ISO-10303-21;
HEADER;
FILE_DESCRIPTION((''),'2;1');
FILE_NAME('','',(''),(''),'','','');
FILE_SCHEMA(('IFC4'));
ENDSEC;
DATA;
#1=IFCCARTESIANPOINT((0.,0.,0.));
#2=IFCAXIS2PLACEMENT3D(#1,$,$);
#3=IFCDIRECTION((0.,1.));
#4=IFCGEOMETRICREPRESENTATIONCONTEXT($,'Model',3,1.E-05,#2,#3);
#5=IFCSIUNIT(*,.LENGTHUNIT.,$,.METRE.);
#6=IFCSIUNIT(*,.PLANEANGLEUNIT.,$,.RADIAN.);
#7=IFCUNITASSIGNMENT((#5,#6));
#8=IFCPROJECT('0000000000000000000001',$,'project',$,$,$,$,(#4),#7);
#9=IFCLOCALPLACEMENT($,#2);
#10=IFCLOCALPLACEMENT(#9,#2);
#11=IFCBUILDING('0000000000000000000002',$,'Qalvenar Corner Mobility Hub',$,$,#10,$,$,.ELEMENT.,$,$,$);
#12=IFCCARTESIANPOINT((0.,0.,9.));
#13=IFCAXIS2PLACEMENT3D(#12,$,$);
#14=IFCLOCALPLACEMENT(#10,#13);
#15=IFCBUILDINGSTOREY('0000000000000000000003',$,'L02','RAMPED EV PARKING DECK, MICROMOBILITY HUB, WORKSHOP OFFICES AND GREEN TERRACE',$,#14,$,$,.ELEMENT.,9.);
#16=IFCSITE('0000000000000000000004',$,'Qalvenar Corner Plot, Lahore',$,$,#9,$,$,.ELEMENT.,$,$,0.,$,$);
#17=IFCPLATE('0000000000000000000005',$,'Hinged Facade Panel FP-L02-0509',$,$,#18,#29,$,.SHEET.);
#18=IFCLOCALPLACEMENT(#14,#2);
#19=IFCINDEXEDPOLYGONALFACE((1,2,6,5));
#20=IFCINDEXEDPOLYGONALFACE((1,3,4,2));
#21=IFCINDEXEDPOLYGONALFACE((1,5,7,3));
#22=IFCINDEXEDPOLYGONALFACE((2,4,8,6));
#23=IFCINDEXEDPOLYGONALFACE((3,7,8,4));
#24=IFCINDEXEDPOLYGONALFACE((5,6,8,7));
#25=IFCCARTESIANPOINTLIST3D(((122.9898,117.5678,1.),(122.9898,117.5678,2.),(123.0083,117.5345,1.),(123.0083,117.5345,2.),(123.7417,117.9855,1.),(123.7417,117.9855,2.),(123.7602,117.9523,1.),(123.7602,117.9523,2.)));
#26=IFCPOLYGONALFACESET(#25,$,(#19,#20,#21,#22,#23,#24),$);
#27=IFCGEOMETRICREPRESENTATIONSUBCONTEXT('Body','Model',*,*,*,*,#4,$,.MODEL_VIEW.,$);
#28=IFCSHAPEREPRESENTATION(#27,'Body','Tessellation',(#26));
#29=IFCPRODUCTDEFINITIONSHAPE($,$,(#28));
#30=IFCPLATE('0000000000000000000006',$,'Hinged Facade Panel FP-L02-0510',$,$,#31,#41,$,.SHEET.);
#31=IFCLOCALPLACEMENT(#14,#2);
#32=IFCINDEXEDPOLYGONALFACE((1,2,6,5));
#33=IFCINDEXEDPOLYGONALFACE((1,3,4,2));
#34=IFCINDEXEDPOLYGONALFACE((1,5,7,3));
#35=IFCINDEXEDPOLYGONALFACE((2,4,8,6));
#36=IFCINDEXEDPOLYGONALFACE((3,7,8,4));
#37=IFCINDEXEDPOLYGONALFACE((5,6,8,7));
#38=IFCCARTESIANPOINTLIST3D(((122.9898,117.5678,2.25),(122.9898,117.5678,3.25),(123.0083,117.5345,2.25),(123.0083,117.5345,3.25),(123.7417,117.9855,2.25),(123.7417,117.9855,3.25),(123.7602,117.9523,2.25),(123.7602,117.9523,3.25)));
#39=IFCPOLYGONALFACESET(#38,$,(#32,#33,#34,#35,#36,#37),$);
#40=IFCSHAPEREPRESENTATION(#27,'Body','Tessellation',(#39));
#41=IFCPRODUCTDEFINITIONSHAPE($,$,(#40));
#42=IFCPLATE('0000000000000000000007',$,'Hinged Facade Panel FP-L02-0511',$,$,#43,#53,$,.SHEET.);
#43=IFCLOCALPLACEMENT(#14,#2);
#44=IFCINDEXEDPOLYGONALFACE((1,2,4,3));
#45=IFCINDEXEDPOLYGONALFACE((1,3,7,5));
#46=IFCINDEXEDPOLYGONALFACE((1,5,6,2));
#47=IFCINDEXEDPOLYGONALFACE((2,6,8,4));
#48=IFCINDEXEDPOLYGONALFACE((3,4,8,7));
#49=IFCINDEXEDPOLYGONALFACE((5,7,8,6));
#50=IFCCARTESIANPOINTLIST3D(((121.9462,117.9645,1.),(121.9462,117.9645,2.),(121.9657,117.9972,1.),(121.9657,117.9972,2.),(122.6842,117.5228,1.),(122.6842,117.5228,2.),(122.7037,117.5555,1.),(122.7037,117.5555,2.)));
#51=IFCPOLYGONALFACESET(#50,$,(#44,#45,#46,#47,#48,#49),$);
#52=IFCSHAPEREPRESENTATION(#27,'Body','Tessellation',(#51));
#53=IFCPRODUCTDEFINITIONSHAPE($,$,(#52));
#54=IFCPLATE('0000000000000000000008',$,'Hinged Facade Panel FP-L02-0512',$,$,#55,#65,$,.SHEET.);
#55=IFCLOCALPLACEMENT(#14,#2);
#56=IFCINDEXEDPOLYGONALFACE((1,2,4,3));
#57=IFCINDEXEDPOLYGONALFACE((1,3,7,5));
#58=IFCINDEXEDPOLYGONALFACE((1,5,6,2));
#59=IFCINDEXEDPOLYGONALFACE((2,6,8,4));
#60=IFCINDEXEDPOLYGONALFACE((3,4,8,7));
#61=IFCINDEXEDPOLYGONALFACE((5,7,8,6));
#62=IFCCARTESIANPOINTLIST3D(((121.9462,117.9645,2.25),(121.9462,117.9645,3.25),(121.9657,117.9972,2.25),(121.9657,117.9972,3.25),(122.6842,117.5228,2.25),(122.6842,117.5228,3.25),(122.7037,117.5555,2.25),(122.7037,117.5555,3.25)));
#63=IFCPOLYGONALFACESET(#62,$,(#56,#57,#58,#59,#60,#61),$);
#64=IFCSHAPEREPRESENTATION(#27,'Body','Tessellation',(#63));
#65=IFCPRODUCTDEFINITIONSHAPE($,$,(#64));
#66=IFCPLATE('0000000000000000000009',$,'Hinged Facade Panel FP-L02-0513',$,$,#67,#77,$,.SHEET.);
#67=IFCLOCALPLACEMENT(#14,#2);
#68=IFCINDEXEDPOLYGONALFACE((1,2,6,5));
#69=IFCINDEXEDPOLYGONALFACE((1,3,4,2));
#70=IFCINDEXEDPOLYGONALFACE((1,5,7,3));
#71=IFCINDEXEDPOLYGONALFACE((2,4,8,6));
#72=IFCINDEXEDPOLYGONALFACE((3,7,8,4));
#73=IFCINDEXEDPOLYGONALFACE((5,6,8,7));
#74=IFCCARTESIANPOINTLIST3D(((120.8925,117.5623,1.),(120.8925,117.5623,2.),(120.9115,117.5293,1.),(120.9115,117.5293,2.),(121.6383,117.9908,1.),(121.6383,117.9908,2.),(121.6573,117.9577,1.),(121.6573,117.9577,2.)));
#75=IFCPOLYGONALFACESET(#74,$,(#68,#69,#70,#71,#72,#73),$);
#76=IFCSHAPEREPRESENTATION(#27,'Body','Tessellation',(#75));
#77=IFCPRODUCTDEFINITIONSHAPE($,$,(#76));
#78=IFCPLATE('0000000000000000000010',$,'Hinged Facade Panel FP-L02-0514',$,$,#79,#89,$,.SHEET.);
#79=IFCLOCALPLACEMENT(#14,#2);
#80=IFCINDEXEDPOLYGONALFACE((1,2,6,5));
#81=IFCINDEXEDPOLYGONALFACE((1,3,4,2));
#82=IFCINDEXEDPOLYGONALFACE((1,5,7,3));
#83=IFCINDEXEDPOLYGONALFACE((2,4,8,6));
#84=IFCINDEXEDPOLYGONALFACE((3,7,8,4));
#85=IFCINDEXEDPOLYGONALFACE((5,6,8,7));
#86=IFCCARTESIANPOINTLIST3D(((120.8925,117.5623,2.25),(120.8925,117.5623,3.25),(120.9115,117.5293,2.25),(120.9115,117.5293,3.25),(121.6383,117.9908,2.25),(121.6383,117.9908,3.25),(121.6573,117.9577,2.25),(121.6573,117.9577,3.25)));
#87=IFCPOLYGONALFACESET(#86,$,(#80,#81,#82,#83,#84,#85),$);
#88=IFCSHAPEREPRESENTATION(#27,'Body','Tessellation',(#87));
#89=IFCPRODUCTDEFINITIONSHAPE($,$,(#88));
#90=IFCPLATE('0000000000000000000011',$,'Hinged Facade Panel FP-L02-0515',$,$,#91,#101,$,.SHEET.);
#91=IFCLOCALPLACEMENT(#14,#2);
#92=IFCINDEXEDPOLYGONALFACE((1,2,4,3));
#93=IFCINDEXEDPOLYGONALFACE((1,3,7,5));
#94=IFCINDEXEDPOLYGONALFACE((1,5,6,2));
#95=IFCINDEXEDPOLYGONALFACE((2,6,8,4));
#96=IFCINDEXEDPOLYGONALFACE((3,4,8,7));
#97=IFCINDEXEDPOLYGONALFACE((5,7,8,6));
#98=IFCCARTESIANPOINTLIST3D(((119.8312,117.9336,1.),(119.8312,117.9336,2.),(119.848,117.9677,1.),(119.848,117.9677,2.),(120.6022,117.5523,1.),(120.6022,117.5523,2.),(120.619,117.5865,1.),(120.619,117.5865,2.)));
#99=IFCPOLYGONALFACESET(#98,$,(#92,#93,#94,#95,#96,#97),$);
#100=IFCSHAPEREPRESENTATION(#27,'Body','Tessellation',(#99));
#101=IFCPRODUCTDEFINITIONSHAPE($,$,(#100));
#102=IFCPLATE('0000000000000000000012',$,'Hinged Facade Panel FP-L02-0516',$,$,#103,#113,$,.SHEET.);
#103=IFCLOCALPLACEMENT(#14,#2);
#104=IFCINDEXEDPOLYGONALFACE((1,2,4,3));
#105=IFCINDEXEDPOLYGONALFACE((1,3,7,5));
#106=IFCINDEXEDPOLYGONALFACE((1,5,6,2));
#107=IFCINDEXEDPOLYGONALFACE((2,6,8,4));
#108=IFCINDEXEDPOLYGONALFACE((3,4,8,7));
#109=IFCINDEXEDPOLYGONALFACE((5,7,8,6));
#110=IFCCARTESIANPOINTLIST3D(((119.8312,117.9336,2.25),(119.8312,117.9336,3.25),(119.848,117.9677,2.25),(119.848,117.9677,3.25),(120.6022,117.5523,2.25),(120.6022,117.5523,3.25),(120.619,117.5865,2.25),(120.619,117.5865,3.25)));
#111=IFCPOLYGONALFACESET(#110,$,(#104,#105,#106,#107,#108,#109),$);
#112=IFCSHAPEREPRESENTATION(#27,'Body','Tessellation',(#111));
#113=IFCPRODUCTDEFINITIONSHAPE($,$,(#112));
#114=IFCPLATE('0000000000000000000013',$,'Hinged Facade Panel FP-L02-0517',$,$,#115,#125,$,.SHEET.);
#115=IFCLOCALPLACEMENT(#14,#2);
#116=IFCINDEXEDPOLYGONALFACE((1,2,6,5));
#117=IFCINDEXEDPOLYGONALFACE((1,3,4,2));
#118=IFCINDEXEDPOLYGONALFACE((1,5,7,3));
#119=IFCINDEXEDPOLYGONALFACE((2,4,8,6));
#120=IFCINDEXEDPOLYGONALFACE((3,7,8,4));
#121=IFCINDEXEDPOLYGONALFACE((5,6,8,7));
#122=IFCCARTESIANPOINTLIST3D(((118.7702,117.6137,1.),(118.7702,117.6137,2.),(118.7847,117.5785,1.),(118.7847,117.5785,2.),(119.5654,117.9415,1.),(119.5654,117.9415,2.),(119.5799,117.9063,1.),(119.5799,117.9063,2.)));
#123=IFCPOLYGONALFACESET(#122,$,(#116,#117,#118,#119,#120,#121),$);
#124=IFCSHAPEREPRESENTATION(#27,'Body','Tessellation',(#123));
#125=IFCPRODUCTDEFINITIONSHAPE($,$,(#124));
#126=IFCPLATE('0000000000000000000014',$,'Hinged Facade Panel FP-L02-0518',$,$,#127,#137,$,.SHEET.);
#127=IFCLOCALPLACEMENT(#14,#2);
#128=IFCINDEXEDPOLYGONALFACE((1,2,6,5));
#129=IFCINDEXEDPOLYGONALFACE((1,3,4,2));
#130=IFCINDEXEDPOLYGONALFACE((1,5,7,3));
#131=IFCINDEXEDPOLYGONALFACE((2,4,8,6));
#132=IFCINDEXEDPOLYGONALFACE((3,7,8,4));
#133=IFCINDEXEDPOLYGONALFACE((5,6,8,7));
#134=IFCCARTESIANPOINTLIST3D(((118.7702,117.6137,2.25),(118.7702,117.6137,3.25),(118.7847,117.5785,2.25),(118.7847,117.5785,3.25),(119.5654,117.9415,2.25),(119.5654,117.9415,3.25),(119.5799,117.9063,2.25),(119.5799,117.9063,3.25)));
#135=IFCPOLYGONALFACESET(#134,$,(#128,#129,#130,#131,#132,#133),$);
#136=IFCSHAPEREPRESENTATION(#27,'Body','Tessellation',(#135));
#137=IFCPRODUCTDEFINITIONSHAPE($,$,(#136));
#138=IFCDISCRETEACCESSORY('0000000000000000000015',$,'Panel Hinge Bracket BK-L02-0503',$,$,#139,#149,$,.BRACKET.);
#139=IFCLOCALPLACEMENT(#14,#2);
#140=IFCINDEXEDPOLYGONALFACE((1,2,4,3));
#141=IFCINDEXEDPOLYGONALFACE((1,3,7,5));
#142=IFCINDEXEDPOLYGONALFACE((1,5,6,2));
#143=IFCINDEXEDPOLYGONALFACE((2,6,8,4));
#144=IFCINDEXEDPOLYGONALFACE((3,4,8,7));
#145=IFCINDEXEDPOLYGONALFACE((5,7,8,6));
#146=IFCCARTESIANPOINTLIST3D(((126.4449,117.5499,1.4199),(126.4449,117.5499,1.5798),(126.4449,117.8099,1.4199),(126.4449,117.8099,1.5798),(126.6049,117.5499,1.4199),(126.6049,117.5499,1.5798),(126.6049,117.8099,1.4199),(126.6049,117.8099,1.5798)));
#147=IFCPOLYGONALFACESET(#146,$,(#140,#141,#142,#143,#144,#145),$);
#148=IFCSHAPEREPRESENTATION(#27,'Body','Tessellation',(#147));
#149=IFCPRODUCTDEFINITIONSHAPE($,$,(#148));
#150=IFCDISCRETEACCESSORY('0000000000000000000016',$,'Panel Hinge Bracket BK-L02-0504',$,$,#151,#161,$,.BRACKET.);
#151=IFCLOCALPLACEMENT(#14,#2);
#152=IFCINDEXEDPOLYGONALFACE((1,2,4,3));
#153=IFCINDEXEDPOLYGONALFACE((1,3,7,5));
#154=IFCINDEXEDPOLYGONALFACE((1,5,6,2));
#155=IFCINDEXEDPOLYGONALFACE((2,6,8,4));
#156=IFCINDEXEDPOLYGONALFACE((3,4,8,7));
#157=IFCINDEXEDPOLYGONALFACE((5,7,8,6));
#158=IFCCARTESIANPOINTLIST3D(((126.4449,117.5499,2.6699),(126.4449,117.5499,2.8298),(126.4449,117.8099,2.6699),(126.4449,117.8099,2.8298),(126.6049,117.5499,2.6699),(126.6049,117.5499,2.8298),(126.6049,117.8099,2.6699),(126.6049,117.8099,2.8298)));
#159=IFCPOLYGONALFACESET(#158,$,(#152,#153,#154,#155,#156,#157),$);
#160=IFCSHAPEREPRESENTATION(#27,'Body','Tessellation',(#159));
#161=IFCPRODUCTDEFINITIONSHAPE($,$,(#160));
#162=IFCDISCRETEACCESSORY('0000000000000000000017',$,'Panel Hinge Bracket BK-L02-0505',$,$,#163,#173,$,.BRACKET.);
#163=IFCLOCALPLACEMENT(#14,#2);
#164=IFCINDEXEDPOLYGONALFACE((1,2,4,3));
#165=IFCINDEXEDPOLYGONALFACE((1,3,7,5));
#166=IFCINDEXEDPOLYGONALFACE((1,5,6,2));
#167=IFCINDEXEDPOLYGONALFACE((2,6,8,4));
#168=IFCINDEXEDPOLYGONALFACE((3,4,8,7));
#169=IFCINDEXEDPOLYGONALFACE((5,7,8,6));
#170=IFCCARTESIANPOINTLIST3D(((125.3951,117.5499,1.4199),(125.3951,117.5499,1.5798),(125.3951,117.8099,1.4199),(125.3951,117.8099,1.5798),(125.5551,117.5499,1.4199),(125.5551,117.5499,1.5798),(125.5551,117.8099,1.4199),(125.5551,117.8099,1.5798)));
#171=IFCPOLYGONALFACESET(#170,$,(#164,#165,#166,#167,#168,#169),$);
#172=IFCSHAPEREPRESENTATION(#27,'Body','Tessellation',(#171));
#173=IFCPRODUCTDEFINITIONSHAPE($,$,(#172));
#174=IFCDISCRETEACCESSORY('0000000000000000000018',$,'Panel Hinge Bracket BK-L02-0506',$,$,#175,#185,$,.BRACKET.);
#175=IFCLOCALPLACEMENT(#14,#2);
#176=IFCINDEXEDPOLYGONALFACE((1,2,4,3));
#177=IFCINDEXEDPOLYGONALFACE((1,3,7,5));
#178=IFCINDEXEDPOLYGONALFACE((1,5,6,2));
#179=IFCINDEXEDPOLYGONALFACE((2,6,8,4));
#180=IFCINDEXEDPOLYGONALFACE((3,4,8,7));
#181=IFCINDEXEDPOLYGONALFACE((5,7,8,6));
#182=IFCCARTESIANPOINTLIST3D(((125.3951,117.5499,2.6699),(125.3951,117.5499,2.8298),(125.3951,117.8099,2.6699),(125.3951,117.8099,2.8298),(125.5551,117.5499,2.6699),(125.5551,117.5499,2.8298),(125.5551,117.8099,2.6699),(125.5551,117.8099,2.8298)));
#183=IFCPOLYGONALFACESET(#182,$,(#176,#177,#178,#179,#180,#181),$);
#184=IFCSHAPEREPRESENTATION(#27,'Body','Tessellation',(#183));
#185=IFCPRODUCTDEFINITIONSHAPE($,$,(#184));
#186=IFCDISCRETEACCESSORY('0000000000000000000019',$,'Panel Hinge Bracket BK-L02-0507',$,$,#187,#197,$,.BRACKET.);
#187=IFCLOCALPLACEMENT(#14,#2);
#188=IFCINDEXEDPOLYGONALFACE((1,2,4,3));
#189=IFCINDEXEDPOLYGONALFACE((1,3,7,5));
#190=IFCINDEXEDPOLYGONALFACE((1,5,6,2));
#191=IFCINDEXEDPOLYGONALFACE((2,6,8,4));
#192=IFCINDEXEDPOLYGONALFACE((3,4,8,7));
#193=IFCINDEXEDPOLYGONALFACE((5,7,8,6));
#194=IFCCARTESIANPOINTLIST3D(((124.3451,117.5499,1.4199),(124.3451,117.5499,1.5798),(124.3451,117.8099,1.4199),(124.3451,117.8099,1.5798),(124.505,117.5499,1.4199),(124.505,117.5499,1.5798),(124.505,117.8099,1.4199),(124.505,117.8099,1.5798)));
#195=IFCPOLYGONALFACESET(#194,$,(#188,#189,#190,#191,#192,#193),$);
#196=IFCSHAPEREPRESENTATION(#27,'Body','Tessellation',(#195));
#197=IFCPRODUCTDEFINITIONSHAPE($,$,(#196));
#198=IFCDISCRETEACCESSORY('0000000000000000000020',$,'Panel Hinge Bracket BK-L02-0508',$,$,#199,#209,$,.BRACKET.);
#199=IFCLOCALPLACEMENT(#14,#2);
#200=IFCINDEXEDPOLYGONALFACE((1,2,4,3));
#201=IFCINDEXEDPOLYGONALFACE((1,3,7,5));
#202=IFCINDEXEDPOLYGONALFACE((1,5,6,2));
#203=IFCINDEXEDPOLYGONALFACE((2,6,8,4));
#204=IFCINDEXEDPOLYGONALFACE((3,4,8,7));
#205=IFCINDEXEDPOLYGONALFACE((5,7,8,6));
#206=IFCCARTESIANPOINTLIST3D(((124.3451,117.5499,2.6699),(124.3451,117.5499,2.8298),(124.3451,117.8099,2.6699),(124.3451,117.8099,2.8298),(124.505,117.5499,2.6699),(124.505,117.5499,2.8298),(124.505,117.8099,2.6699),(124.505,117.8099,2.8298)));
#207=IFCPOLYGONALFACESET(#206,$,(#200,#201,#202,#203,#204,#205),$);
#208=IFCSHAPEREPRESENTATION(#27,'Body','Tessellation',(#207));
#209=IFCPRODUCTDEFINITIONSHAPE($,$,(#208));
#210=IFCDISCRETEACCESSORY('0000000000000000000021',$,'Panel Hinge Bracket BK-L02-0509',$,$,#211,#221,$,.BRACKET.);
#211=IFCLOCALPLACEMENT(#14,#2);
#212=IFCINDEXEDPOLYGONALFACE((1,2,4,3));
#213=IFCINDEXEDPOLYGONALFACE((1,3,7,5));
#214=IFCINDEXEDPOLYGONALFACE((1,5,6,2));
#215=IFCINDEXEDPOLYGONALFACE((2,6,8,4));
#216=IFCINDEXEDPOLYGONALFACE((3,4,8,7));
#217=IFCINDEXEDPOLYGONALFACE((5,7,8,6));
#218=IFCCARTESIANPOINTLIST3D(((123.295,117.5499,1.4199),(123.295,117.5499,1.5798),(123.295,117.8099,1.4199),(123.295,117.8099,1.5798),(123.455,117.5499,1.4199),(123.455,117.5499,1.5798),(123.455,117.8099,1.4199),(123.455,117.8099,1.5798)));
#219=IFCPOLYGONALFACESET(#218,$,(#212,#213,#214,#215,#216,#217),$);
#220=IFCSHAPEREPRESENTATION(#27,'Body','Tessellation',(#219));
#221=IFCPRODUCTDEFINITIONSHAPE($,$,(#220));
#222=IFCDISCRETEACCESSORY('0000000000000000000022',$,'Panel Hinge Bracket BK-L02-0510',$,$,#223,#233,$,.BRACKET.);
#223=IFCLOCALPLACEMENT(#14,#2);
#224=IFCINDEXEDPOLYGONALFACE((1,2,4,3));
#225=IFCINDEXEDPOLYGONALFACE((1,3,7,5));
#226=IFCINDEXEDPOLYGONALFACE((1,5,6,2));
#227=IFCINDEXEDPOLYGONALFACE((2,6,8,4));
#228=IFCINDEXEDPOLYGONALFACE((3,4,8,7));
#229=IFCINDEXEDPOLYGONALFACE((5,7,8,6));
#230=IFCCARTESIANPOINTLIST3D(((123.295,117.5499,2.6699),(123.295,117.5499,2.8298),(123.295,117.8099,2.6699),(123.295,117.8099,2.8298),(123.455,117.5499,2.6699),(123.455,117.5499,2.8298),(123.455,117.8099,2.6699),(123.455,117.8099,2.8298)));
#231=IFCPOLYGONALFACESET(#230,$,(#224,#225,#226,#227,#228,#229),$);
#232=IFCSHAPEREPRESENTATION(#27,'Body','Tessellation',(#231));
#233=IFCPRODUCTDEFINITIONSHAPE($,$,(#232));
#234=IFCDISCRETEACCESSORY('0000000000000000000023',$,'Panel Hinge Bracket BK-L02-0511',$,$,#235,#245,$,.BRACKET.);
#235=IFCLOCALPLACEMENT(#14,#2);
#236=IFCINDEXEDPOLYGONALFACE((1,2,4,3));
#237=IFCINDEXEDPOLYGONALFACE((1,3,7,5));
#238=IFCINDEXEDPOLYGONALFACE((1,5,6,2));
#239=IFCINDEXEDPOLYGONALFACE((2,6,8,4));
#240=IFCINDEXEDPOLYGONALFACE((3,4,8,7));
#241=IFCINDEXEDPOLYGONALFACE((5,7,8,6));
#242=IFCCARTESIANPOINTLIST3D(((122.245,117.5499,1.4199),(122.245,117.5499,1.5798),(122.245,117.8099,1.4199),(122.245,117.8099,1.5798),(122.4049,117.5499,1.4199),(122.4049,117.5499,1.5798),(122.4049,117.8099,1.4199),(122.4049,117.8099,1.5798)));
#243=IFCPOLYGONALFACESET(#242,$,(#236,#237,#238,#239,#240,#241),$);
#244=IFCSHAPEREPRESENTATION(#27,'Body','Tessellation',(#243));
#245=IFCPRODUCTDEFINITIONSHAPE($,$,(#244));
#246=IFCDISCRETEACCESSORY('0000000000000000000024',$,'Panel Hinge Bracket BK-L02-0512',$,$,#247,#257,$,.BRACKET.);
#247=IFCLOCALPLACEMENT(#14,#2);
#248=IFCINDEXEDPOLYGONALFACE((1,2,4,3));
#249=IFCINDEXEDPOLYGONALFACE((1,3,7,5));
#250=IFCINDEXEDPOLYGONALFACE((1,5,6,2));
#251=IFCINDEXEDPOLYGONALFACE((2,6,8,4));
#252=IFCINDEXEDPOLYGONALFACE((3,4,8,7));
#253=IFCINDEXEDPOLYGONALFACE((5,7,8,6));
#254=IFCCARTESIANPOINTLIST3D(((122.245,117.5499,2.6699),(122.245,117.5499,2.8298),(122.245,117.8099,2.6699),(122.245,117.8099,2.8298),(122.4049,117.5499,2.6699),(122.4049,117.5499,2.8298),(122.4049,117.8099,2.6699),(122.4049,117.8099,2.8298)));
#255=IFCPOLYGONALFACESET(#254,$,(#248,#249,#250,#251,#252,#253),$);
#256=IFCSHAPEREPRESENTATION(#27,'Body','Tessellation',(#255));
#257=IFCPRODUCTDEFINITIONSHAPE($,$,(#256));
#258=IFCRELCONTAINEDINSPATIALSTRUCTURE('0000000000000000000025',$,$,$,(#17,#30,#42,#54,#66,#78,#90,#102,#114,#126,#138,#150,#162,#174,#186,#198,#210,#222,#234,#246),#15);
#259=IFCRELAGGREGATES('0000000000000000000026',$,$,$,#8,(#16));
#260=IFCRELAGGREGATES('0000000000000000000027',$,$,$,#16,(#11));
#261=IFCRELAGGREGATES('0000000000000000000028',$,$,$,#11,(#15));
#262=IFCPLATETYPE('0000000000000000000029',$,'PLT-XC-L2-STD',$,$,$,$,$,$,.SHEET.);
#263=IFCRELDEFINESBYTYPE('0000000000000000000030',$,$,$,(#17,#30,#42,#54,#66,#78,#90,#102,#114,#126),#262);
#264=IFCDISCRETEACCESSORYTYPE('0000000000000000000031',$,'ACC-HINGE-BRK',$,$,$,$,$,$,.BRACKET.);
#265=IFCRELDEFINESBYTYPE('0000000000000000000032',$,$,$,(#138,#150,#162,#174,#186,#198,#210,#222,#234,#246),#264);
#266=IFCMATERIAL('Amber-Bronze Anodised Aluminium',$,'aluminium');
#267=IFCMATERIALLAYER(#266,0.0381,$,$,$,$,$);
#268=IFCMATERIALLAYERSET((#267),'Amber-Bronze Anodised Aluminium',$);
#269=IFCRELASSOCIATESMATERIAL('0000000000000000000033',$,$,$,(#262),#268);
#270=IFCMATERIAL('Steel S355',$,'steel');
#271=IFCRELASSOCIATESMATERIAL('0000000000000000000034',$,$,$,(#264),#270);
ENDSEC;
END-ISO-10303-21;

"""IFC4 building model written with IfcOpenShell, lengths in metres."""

from ifc_helpers import new_model, si_unit, direction, frame, origin, origin_2d, place, context, subcontext, project, spatial, rectangle, extrude, material, layer, layer_set, type_object, element, save


model = new_model("IFC4")

# Units and contexts
model_context = context("Model", 3, precision=1e-05, world=origin(), true_north=direction((0.0, 1.0)))
body_context = subcontext(model_context, "Body", "Model", "MODEL_VIEW")
ifc_project = project(units=[si_unit("LENGTHUNIT", "METRE"), si_unit("PLANEANGLEUNIT", "RADIAN")], contexts=[model_context])

# Site, building, storey
site_placement = place(None, origin())
site = spatial("IfcSite", under=ifc_project, at=site_placement, Name="Qalvenar Corner Plot, Lahore", CompositionType="ELEMENT", RefElevation=0.0)
building_placement = place(site_placement, origin())
building = spatial("IfcBuilding", under=site, at=building_placement, Name="Qalvenar Corner Mobility Hub", CompositionType="ELEMENT")
storey_placement = place(building_placement, frame((0.0, 0.0, 9.0)))
storey = spatial("IfcBuildingStorey", under=building, at=storey_placement, Name="L02", Description="RAMPED EV PARKING DECK, MICROMOBILITY HUB, WORKSHOP OFFICES AND GREEN TERRACE", CompositionType="ELEMENT", Elevation=9.0)

# Shared definitions
ifc_material_1 = material(Name="Steel S355", Category="steel")

# Plates
ifc_material_2 = material(Name="Amber-Bronze Anodised Aluminium", Category="aluminium")
ifc_layer = layer(ifc_material_2, 0.0381)
ifc_layer_set = layer_set([ifc_layer], Name="Amber-Bronze Anodised Aluminium")
plate_type = type_object("IfcPlateType", Name="PLT-XC-L2-STD", PredefinedType="SHEET", material=ifc_layer_set)
for number, where, z_axis, x_axis, name in (
    (1, (123.375, 117.76, 1.0), (0.0, 0.0, 1.0), (-0.874112, -0.485725, 0.0), "Hinged Facade Panel FP-L02-0509"),
    (2, (123.375, 117.76, 2.25), (0.0, 0.0, 1.0), (-0.874112, -0.485725, 0.0), "Hinged Facade Panel FP-L02-0510"),
    (3, (122.325, 117.76, 1.0), (0.0, 0.0, 1.0), (-0.858065, 0.513541, 0.0), "Hinged Facade Panel FP-L02-0511"),
    (4, (122.325, 117.76, 2.25), (0.0, 0.0, 1.0), (-0.858065, 0.513541, 0.0), "Hinged Facade Panel FP-L02-0512"),
    (5, (121.2749, 117.76, 1.0), (0.0, 0.0, 1.0), (-0.867071, -0.498185, 0.0), "Hinged Facade Panel FP-L02-0513"),
    (6, (121.2749, 117.76, 2.25), (0.0, 0.0, 1.0), (-0.867071, -0.498185, 0.0), "Hinged Facade Panel FP-L02-0514"),
    (7, (120.2251, 117.76, 1.0), (0.0, 0.0, 1.0), (-0.896409, 0.443228, 0.0), "Hinged Facade Panel FP-L02-0515"),
    (8, (120.2251, 117.76, 2.25), (0.0, 0.0, 1.0), (-0.896409, 0.443228, 0.0), "Hinged Facade Panel FP-L02-0516"),
    (9, (119.175, 117.76, 1.0), (0.0, 0.0, 1.0), (-0.924546, -0.38107, 0.0), "Hinged Facade Panel FP-L02-0517"),
    (10, (119.175, 117.76, 2.25), (0.0, 0.0, 1.0), (-0.924546, -0.38107, 0.0), "Hinged Facade Panel FP-L02-0518"),
):
    element("IfcPlate", number, at=place(storey_placement, frame(where, z_axis=z_axis, x_axis=x_axis)), inside=storey, type_object=plate_type, Name=name, PredefinedType="SHEET", context=body_context, shape_type="SweptSolid", body=[
        extrude(rectangle(XDim=0.8601, YDim=0.0381, at=origin_2d()), origin(), (0.0, 0.0, 1.0), 1.0),
    ])

# Discrete accessories
discrete_accessory_type = type_object("IfcDiscreteAccessoryType", Name="ACC-HINGE-BRK", PredefinedType="BRACKET", material=ifc_material_1)
for number, where, z_axis, x_axis, name in (
    (11, (126.5249, 117.6799, 1.4199), (0.0, 0.0, 1.0), (-1.0, 0.0, 0.0), "Panel Hinge Bracket BK-L02-0503"),
    (12, (126.5249, 117.6799, 2.6699), (0.0, 0.0, 1.0), (-1.0, 0.0, 0.0), "Panel Hinge Bracket BK-L02-0504"),
    (13, (125.4751, 117.6799, 1.4199), (0.0, 0.0, 1.0), (-1.0, 0.0, 0.0), "Panel Hinge Bracket BK-L02-0505"),
    (14, (125.4751, 117.6799, 2.6699), (0.0, 0.0, 1.0), (-1.0, 0.0, 0.0), "Panel Hinge Bracket BK-L02-0506"),
    (15, (124.425, 117.6799, 1.4199), (0.0, 0.0, 1.0), (-1.0, 0.0, 0.0), "Panel Hinge Bracket BK-L02-0507"),
    (16, (124.425, 117.6799, 2.6699), (0.0, 0.0, 1.0), (-1.0, 0.0, 0.0), "Panel Hinge Bracket BK-L02-0508"),
    (17, (123.375, 117.6799, 1.4199), (0.0, 0.0, 1.0), (-1.0, 0.0, 0.0), "Panel Hinge Bracket BK-L02-0509"),
    (18, (123.375, 117.6799, 2.6699), (0.0, 0.0, 1.0), (-1.0, 0.0, 0.0), "Panel Hinge Bracket BK-L02-0510"),
    (19, (122.325, 117.6799, 1.4199), (0.0, 0.0, 1.0), (-1.0, 0.0, 0.0), "Panel Hinge Bracket BK-L02-0511"),
    (20, (122.325, 117.6799, 2.6699), (0.0, 0.0, 1.0), (-1.0, 0.0, 0.0), "Panel Hinge Bracket BK-L02-0512"),
):
    element("IfcDiscreteAccessory", number, at=place(storey_placement, frame(where, z_axis=z_axis, x_axis=x_axis)), inside=storey, type_object=discrete_accessory_type, Name=name, PredefinedType="BRACKET", context=body_context, shape_type="SweptSolid", body=[
        extrude(rectangle(XDim=0.1599, YDim=0.26, at=origin_2d()), origin(), (0.0, 0.0, 1.0), 0.1599),
    ])

save(model, "model.ifc")
